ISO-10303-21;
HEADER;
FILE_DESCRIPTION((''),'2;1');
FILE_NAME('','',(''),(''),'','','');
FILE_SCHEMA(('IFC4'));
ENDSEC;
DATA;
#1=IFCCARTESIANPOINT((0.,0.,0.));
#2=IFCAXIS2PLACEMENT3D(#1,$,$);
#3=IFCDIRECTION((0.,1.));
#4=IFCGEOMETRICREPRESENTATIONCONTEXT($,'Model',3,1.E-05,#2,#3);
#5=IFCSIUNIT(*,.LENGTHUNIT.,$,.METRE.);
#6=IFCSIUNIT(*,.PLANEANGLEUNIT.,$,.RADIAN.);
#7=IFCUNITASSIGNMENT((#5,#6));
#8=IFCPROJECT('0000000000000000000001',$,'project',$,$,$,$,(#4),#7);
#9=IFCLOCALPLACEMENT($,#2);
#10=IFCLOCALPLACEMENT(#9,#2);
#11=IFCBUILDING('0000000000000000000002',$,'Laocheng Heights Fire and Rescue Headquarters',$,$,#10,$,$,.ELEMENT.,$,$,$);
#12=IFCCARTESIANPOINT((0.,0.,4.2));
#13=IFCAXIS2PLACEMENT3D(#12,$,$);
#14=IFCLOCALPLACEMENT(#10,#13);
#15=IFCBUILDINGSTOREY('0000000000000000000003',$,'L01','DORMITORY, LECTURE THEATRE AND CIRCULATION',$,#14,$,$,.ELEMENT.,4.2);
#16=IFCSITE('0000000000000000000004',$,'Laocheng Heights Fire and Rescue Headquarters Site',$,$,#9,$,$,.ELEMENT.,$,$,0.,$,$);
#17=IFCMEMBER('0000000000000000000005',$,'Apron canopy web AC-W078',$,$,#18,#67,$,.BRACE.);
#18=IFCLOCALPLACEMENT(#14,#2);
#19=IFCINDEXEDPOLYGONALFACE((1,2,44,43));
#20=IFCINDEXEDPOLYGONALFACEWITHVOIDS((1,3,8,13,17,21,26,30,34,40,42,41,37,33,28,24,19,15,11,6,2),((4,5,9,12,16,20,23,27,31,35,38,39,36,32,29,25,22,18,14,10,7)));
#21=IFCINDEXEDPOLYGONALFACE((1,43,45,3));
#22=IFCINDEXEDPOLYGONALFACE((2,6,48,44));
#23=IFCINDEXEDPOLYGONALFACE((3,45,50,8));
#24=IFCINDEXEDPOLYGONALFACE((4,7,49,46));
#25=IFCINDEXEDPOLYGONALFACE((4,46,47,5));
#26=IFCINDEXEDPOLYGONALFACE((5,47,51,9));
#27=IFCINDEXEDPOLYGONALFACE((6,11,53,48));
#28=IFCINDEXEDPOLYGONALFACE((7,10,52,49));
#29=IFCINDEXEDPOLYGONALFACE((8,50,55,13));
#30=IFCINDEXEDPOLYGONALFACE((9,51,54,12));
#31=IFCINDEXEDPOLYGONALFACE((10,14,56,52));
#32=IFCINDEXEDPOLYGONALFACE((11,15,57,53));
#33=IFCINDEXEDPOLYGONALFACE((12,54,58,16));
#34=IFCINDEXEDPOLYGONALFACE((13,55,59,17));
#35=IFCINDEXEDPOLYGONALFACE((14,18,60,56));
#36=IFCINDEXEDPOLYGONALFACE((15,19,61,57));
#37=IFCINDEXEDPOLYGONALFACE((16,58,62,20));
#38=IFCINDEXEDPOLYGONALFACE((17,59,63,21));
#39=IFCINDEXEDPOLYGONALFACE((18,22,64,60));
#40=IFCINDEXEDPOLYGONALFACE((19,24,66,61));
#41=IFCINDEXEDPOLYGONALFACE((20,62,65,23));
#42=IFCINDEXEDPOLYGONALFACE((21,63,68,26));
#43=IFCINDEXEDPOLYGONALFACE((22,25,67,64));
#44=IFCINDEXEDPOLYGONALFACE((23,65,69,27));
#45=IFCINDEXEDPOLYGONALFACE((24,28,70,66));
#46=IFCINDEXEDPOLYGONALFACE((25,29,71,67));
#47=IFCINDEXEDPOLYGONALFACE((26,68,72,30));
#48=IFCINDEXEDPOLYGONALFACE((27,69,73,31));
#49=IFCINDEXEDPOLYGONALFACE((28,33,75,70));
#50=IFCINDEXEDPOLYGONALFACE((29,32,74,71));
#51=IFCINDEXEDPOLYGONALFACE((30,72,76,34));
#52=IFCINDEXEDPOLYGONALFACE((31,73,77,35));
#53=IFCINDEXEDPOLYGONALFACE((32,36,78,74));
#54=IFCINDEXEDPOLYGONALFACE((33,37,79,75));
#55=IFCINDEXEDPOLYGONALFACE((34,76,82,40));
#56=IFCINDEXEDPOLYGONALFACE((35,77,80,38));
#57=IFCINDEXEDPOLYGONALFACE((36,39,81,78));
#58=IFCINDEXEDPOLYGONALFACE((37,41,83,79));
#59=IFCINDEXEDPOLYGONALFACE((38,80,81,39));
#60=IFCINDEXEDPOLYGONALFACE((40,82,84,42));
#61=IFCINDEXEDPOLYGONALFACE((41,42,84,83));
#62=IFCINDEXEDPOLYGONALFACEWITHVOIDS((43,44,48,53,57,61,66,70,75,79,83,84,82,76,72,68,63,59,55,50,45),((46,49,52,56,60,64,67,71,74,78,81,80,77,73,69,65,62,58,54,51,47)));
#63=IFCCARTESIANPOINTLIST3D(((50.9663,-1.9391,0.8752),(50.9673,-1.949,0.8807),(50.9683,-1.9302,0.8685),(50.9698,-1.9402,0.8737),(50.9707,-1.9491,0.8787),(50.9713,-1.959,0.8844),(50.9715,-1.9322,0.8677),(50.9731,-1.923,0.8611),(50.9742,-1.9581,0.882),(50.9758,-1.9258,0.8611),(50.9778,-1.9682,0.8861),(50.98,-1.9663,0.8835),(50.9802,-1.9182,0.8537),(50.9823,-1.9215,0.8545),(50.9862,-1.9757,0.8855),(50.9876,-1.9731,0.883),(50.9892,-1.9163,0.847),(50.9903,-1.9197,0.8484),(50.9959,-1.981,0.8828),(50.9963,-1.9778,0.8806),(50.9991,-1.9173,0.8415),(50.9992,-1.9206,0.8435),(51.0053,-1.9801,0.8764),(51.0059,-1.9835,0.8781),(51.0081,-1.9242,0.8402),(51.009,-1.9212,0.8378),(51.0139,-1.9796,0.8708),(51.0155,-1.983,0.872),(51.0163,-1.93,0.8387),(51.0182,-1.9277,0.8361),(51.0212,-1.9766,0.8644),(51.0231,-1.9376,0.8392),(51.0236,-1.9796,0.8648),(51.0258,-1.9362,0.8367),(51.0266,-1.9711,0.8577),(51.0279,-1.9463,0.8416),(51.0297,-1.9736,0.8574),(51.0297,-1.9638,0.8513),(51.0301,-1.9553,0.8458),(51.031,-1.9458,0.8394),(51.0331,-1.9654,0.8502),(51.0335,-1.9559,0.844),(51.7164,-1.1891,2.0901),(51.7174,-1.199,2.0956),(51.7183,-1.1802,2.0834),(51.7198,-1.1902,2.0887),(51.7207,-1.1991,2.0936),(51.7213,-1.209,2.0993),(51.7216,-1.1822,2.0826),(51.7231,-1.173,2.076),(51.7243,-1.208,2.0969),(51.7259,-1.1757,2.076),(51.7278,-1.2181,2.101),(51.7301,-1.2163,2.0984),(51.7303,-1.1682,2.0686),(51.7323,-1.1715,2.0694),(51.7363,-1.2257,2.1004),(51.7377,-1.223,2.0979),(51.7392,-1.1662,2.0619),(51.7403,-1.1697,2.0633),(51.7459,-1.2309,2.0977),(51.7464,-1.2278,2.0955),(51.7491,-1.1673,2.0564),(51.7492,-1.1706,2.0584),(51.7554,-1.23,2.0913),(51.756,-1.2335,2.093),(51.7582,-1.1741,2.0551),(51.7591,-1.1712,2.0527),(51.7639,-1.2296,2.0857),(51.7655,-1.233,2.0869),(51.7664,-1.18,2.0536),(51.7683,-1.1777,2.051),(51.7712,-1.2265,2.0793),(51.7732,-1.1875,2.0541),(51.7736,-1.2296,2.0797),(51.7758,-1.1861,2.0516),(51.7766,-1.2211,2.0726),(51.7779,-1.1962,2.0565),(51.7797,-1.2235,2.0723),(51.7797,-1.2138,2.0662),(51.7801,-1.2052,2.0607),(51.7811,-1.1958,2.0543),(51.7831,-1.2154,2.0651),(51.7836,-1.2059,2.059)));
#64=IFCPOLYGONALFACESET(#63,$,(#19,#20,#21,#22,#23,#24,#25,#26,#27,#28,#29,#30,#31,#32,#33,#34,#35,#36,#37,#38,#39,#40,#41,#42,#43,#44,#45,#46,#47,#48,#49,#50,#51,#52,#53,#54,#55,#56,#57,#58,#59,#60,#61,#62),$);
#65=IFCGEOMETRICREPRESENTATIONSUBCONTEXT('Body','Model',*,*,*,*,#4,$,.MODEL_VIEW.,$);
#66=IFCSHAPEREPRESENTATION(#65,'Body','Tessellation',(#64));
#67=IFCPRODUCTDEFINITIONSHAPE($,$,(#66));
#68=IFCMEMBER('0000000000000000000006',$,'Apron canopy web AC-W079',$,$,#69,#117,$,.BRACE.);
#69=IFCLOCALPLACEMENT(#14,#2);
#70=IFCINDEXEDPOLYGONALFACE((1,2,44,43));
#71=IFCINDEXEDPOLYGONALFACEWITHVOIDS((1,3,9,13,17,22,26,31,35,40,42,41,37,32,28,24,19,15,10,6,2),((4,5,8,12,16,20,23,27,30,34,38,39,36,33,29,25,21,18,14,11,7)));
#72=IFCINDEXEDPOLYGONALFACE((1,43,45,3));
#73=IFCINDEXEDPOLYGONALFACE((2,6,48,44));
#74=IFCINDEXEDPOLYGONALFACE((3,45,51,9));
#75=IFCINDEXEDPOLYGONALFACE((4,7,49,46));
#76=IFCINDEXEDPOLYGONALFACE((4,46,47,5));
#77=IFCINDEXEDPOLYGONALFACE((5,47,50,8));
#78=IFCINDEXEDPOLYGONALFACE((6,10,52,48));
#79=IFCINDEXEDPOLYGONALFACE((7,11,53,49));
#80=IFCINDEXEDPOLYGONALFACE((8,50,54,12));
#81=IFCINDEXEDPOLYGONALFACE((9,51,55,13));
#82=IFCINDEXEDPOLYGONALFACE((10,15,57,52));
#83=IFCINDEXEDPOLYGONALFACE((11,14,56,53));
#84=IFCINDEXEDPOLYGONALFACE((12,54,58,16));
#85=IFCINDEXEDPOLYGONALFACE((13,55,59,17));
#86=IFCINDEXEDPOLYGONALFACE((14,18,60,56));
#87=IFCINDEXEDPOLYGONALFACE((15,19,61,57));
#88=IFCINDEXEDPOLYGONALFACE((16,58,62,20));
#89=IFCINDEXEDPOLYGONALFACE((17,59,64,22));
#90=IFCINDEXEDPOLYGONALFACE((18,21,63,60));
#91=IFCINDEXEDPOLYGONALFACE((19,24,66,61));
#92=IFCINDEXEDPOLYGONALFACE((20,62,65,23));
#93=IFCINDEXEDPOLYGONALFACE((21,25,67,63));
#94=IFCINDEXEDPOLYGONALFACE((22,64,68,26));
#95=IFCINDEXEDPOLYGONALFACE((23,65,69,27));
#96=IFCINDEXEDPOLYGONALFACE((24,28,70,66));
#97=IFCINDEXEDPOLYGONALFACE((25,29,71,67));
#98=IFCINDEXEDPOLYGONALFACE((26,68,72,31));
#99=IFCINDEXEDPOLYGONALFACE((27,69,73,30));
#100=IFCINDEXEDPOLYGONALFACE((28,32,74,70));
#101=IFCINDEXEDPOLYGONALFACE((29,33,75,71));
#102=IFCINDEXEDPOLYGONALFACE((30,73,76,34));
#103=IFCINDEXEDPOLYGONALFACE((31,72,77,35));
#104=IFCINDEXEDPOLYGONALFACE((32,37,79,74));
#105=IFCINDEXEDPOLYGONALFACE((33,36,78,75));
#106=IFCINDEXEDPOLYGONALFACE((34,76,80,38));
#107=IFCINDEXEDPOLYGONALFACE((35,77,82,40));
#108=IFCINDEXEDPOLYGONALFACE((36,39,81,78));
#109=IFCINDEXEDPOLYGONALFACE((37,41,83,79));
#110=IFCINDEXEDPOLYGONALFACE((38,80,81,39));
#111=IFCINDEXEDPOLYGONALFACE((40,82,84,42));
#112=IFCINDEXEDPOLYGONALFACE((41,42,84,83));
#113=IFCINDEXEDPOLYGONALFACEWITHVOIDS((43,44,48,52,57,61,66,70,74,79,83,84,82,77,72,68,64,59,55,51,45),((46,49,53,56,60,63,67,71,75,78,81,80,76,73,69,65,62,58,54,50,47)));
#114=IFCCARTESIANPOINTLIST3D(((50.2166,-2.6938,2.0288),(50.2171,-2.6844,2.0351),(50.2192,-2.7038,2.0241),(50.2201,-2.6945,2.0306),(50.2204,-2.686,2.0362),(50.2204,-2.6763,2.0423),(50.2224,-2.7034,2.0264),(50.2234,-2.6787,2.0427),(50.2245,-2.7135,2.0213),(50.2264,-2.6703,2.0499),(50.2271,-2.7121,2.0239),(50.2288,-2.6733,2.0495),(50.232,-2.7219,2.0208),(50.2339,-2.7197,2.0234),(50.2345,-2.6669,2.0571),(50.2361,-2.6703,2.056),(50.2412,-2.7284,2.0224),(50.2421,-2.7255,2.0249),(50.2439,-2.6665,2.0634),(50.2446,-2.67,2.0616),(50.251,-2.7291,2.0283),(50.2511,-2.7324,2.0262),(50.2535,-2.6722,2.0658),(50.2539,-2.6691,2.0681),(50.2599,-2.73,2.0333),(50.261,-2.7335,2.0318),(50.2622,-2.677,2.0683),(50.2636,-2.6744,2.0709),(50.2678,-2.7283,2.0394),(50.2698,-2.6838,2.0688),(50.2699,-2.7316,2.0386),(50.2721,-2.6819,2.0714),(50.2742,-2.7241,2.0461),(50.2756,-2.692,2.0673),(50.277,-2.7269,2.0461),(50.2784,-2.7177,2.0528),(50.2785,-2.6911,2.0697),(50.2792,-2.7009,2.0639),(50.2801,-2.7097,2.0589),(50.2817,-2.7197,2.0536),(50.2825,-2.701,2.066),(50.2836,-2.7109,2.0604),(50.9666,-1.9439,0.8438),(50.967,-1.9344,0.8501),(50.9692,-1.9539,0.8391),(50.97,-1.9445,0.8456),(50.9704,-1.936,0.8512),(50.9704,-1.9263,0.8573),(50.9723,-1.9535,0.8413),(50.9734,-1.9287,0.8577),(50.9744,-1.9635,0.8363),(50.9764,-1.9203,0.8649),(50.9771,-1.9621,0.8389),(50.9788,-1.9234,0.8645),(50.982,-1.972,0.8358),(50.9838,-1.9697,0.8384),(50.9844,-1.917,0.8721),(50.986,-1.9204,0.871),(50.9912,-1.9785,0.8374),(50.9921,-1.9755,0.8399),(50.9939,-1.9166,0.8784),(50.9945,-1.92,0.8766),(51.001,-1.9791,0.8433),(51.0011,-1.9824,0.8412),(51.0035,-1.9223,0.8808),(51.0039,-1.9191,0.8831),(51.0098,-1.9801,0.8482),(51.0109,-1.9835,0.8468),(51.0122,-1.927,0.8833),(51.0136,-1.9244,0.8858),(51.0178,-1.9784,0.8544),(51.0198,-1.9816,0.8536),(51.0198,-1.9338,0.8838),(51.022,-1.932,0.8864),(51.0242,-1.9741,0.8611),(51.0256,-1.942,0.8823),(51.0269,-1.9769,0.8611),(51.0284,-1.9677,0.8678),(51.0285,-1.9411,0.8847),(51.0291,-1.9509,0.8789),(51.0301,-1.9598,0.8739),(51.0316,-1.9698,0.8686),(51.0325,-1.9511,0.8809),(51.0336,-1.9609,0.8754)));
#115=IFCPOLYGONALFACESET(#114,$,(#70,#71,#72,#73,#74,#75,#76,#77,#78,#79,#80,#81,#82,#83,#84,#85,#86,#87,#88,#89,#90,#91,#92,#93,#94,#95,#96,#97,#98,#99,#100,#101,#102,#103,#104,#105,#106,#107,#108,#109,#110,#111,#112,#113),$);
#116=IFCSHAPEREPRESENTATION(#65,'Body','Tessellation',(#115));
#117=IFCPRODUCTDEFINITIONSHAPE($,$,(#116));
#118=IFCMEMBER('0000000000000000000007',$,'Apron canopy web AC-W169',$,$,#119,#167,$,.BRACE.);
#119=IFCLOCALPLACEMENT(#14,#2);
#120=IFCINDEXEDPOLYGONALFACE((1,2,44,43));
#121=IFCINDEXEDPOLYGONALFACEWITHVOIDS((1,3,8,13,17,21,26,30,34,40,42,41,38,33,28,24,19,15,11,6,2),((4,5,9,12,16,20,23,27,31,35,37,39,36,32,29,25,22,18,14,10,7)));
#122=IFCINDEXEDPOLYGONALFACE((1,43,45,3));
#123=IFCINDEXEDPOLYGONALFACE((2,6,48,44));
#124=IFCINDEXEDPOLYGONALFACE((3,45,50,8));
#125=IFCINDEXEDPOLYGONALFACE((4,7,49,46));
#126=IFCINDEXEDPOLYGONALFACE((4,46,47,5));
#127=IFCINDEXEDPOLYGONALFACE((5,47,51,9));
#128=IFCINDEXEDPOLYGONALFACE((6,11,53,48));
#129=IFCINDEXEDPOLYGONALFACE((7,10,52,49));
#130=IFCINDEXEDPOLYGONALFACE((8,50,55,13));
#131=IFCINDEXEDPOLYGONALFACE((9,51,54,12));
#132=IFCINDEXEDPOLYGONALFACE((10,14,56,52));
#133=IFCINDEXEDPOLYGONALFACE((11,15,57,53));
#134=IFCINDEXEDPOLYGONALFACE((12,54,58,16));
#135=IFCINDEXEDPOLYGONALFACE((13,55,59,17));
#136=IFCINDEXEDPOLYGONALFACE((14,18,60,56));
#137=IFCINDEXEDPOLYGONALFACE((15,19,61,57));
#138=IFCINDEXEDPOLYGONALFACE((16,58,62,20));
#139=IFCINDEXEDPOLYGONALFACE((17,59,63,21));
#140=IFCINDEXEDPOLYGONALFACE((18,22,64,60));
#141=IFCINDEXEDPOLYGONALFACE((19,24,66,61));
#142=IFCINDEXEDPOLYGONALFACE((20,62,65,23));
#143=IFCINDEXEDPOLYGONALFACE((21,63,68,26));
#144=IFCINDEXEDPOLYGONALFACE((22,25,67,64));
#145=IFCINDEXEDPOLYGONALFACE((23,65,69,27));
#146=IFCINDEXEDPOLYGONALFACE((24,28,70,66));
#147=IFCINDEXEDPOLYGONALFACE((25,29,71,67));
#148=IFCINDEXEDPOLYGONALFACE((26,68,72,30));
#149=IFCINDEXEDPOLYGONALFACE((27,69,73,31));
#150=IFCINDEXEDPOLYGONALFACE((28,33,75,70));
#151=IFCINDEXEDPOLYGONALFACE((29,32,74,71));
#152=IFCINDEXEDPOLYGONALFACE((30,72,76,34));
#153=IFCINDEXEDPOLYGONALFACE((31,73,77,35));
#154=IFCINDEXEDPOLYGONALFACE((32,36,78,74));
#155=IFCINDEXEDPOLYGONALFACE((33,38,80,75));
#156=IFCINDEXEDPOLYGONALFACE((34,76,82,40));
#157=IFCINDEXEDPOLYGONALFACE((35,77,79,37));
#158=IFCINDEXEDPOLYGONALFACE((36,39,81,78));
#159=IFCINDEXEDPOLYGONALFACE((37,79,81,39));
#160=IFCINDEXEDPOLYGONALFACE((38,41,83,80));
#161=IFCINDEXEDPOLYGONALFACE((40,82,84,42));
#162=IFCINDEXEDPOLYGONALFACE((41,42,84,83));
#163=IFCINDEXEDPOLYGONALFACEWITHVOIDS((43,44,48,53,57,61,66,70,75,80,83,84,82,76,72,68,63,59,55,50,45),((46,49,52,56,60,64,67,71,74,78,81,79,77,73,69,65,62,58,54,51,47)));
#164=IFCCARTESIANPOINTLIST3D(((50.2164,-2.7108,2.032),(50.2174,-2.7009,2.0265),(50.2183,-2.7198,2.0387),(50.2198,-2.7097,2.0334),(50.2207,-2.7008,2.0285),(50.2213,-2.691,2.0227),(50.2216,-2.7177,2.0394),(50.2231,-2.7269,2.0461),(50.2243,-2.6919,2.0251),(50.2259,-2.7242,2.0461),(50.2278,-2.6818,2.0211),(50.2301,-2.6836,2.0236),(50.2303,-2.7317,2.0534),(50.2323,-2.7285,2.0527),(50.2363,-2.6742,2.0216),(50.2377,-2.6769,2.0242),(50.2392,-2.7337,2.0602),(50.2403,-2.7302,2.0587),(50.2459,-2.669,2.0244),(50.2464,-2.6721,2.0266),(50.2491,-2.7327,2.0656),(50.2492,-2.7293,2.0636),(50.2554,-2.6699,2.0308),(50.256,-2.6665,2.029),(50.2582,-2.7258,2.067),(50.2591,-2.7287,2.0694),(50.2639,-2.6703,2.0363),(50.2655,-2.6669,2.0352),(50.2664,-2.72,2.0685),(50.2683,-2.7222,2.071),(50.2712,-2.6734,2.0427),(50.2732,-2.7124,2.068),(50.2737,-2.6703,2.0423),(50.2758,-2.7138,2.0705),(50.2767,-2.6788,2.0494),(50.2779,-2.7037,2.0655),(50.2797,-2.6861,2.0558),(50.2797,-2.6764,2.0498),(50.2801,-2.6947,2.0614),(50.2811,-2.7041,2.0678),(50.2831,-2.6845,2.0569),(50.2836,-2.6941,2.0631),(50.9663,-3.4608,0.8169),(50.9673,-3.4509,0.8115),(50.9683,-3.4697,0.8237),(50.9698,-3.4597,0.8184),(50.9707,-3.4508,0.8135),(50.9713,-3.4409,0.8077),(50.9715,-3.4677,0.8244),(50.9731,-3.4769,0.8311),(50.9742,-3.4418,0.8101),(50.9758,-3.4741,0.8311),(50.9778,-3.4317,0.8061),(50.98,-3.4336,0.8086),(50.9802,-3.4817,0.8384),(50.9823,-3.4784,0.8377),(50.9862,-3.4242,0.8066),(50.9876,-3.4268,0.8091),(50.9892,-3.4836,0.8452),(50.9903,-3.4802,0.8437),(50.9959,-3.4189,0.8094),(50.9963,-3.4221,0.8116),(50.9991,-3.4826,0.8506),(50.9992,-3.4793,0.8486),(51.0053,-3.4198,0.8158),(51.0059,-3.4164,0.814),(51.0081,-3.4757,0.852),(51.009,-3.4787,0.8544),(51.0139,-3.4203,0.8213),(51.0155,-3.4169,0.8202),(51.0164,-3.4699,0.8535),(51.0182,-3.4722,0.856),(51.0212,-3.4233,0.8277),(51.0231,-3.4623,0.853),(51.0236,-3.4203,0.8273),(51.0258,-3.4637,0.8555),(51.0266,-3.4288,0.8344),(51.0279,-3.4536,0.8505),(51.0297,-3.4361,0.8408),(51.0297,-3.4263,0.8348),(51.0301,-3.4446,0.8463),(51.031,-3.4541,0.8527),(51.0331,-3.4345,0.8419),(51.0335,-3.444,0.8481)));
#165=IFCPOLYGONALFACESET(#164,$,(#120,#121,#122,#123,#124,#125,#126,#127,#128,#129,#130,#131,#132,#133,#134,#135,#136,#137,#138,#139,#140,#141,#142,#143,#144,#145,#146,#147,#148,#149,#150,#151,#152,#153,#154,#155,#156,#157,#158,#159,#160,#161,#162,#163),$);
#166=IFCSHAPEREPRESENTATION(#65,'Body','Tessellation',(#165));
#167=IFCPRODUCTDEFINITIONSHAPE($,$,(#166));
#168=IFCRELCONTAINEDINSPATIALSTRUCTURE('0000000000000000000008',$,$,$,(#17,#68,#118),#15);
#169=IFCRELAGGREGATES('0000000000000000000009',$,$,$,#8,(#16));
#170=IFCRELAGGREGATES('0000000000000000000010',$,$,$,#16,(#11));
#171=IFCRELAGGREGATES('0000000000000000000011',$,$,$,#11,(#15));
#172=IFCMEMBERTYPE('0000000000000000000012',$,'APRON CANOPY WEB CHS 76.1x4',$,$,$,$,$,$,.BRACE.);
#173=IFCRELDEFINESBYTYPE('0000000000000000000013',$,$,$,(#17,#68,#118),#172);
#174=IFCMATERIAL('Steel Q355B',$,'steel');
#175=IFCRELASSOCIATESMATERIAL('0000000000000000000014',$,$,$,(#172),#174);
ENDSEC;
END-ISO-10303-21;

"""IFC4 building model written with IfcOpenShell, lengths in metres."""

from ifc_helpers import new_model, si_unit, direction, frame, origin, origin_2d, place, context, subcontext, project, spatial, hollow_circle, extrude, material, material_profile, profile_set, type_object, element, save


model = new_model("IFC4")

# Units and contexts
model_context = context("Model", 3, precision=1e-05, world=origin(), true_north=direction((0.0, 1.0)))
body_context = subcontext(model_context, "Body", "Model", "MODEL_VIEW")
ifc_project = project(units=[si_unit("LENGTHUNIT", "METRE"), si_unit("PLANEANGLEUNIT", "RADIAN")], contexts=[model_context])

# Site, building, storey
site_placement = place(None, origin())
site = spatial("IfcSite", under=ifc_project, at=site_placement, Name="Laocheng Heights Fire and Rescue Headquarters Site", CompositionType="ELEMENT", RefElevation=0.0)
building_placement = place(site_placement, origin())
building = spatial("IfcBuilding", under=site, at=building_placement, Name="Laocheng Heights Fire and Rescue Headquarters", CompositionType="ELEMENT")
storey_placement = place(building_placement, frame((0.0, 0.0, 4.2)))
storey = spatial("IfcBuildingStorey", under=building, at=storey_placement, Name="L01", Description="DORMITORY, LECTURE THEATRE AND CIRCULATION", CompositionType="ELEMENT", Elevation=4.2)

# Members
ifc_material_1 = material(Name="Steel Q355B", Category="steel")
ifc_material_profile_1 = material_profile(ifc_material_1, hollow_circle(Radius=0.0381, WallThickness=0.0039, at=origin_2d()), Name="CHS 76.1x4")
ifc_profile_set_1 = profile_set([ifc_material_profile_1], Name="Steel Q355B")
member_type_1 = type_object("IfcMemberType", Name="APRON CANOPY WEB CHS 76.1x4", PredefinedType="BRACE", material=ifc_profile_set_1)
for number, where, z_axis, x_axis, name in (
    (1, (51.0, -1.95, 0.8611), (0.465055, 0.465055, 0.753292), (-0.707107, 0.707107, 0.0), "Apron canopy web AC-W078"),
):
    element("IfcMember", number, at=place(storey_placement, frame(where, z_axis=z_axis, x_axis=x_axis)), inside=storey, type_object=member_type_1, Name=name, PredefinedType="BRACE", context=body_context, shape_type="SweptSolid", body=[
        extrude(hollow_circle(Radius=0.0381, WallThickness=0.0039, at=origin_2d()), origin(), (0.0, 0.0, 1.0), 1.6128),
    ])
member_1_placement = place(storey_placement, frame((51.0, -1.95, 0.8611), z_axis=(-0.47158, -0.47158, 0.745134), x_axis=(0.707107, -0.707107, 0.0)))
element("IfcMember", 2, at=member_1_placement, inside=storey, type_object=member_type_1, Name="Apron canopy web AC-W079", PredefinedType="BRACE", context=body_context, shape_type="SweptSolid", body=[
    extrude(hollow_circle(Radius=0.0381, WallThickness=0.0039, at=origin_2d()), origin(), (0.0, 0.0, 1.0), 1.5903),
])
for number, where, z_axis, x_axis, name in (
    (3, (51.0, -3.45, 0.8311), (-0.465002, 0.465002, 0.753357), (-0.707107, -0.707107, 0.0), "Apron canopy web AC-W169"),
):
    element("IfcMember", number, at=place(storey_placement, frame(where, z_axis=z_axis, x_axis=x_axis)), inside=storey, type_object=member_type_1, Name=name, PredefinedType="BRACE", context=body_context, shape_type="SweptSolid", body=[
        extrude(hollow_circle(Radius=0.0381, WallThickness=0.0039, at=origin_2d()), origin(), (0.0, 0.0, 1.0), 1.6128),
    ])

save(model, "model.ifc")
